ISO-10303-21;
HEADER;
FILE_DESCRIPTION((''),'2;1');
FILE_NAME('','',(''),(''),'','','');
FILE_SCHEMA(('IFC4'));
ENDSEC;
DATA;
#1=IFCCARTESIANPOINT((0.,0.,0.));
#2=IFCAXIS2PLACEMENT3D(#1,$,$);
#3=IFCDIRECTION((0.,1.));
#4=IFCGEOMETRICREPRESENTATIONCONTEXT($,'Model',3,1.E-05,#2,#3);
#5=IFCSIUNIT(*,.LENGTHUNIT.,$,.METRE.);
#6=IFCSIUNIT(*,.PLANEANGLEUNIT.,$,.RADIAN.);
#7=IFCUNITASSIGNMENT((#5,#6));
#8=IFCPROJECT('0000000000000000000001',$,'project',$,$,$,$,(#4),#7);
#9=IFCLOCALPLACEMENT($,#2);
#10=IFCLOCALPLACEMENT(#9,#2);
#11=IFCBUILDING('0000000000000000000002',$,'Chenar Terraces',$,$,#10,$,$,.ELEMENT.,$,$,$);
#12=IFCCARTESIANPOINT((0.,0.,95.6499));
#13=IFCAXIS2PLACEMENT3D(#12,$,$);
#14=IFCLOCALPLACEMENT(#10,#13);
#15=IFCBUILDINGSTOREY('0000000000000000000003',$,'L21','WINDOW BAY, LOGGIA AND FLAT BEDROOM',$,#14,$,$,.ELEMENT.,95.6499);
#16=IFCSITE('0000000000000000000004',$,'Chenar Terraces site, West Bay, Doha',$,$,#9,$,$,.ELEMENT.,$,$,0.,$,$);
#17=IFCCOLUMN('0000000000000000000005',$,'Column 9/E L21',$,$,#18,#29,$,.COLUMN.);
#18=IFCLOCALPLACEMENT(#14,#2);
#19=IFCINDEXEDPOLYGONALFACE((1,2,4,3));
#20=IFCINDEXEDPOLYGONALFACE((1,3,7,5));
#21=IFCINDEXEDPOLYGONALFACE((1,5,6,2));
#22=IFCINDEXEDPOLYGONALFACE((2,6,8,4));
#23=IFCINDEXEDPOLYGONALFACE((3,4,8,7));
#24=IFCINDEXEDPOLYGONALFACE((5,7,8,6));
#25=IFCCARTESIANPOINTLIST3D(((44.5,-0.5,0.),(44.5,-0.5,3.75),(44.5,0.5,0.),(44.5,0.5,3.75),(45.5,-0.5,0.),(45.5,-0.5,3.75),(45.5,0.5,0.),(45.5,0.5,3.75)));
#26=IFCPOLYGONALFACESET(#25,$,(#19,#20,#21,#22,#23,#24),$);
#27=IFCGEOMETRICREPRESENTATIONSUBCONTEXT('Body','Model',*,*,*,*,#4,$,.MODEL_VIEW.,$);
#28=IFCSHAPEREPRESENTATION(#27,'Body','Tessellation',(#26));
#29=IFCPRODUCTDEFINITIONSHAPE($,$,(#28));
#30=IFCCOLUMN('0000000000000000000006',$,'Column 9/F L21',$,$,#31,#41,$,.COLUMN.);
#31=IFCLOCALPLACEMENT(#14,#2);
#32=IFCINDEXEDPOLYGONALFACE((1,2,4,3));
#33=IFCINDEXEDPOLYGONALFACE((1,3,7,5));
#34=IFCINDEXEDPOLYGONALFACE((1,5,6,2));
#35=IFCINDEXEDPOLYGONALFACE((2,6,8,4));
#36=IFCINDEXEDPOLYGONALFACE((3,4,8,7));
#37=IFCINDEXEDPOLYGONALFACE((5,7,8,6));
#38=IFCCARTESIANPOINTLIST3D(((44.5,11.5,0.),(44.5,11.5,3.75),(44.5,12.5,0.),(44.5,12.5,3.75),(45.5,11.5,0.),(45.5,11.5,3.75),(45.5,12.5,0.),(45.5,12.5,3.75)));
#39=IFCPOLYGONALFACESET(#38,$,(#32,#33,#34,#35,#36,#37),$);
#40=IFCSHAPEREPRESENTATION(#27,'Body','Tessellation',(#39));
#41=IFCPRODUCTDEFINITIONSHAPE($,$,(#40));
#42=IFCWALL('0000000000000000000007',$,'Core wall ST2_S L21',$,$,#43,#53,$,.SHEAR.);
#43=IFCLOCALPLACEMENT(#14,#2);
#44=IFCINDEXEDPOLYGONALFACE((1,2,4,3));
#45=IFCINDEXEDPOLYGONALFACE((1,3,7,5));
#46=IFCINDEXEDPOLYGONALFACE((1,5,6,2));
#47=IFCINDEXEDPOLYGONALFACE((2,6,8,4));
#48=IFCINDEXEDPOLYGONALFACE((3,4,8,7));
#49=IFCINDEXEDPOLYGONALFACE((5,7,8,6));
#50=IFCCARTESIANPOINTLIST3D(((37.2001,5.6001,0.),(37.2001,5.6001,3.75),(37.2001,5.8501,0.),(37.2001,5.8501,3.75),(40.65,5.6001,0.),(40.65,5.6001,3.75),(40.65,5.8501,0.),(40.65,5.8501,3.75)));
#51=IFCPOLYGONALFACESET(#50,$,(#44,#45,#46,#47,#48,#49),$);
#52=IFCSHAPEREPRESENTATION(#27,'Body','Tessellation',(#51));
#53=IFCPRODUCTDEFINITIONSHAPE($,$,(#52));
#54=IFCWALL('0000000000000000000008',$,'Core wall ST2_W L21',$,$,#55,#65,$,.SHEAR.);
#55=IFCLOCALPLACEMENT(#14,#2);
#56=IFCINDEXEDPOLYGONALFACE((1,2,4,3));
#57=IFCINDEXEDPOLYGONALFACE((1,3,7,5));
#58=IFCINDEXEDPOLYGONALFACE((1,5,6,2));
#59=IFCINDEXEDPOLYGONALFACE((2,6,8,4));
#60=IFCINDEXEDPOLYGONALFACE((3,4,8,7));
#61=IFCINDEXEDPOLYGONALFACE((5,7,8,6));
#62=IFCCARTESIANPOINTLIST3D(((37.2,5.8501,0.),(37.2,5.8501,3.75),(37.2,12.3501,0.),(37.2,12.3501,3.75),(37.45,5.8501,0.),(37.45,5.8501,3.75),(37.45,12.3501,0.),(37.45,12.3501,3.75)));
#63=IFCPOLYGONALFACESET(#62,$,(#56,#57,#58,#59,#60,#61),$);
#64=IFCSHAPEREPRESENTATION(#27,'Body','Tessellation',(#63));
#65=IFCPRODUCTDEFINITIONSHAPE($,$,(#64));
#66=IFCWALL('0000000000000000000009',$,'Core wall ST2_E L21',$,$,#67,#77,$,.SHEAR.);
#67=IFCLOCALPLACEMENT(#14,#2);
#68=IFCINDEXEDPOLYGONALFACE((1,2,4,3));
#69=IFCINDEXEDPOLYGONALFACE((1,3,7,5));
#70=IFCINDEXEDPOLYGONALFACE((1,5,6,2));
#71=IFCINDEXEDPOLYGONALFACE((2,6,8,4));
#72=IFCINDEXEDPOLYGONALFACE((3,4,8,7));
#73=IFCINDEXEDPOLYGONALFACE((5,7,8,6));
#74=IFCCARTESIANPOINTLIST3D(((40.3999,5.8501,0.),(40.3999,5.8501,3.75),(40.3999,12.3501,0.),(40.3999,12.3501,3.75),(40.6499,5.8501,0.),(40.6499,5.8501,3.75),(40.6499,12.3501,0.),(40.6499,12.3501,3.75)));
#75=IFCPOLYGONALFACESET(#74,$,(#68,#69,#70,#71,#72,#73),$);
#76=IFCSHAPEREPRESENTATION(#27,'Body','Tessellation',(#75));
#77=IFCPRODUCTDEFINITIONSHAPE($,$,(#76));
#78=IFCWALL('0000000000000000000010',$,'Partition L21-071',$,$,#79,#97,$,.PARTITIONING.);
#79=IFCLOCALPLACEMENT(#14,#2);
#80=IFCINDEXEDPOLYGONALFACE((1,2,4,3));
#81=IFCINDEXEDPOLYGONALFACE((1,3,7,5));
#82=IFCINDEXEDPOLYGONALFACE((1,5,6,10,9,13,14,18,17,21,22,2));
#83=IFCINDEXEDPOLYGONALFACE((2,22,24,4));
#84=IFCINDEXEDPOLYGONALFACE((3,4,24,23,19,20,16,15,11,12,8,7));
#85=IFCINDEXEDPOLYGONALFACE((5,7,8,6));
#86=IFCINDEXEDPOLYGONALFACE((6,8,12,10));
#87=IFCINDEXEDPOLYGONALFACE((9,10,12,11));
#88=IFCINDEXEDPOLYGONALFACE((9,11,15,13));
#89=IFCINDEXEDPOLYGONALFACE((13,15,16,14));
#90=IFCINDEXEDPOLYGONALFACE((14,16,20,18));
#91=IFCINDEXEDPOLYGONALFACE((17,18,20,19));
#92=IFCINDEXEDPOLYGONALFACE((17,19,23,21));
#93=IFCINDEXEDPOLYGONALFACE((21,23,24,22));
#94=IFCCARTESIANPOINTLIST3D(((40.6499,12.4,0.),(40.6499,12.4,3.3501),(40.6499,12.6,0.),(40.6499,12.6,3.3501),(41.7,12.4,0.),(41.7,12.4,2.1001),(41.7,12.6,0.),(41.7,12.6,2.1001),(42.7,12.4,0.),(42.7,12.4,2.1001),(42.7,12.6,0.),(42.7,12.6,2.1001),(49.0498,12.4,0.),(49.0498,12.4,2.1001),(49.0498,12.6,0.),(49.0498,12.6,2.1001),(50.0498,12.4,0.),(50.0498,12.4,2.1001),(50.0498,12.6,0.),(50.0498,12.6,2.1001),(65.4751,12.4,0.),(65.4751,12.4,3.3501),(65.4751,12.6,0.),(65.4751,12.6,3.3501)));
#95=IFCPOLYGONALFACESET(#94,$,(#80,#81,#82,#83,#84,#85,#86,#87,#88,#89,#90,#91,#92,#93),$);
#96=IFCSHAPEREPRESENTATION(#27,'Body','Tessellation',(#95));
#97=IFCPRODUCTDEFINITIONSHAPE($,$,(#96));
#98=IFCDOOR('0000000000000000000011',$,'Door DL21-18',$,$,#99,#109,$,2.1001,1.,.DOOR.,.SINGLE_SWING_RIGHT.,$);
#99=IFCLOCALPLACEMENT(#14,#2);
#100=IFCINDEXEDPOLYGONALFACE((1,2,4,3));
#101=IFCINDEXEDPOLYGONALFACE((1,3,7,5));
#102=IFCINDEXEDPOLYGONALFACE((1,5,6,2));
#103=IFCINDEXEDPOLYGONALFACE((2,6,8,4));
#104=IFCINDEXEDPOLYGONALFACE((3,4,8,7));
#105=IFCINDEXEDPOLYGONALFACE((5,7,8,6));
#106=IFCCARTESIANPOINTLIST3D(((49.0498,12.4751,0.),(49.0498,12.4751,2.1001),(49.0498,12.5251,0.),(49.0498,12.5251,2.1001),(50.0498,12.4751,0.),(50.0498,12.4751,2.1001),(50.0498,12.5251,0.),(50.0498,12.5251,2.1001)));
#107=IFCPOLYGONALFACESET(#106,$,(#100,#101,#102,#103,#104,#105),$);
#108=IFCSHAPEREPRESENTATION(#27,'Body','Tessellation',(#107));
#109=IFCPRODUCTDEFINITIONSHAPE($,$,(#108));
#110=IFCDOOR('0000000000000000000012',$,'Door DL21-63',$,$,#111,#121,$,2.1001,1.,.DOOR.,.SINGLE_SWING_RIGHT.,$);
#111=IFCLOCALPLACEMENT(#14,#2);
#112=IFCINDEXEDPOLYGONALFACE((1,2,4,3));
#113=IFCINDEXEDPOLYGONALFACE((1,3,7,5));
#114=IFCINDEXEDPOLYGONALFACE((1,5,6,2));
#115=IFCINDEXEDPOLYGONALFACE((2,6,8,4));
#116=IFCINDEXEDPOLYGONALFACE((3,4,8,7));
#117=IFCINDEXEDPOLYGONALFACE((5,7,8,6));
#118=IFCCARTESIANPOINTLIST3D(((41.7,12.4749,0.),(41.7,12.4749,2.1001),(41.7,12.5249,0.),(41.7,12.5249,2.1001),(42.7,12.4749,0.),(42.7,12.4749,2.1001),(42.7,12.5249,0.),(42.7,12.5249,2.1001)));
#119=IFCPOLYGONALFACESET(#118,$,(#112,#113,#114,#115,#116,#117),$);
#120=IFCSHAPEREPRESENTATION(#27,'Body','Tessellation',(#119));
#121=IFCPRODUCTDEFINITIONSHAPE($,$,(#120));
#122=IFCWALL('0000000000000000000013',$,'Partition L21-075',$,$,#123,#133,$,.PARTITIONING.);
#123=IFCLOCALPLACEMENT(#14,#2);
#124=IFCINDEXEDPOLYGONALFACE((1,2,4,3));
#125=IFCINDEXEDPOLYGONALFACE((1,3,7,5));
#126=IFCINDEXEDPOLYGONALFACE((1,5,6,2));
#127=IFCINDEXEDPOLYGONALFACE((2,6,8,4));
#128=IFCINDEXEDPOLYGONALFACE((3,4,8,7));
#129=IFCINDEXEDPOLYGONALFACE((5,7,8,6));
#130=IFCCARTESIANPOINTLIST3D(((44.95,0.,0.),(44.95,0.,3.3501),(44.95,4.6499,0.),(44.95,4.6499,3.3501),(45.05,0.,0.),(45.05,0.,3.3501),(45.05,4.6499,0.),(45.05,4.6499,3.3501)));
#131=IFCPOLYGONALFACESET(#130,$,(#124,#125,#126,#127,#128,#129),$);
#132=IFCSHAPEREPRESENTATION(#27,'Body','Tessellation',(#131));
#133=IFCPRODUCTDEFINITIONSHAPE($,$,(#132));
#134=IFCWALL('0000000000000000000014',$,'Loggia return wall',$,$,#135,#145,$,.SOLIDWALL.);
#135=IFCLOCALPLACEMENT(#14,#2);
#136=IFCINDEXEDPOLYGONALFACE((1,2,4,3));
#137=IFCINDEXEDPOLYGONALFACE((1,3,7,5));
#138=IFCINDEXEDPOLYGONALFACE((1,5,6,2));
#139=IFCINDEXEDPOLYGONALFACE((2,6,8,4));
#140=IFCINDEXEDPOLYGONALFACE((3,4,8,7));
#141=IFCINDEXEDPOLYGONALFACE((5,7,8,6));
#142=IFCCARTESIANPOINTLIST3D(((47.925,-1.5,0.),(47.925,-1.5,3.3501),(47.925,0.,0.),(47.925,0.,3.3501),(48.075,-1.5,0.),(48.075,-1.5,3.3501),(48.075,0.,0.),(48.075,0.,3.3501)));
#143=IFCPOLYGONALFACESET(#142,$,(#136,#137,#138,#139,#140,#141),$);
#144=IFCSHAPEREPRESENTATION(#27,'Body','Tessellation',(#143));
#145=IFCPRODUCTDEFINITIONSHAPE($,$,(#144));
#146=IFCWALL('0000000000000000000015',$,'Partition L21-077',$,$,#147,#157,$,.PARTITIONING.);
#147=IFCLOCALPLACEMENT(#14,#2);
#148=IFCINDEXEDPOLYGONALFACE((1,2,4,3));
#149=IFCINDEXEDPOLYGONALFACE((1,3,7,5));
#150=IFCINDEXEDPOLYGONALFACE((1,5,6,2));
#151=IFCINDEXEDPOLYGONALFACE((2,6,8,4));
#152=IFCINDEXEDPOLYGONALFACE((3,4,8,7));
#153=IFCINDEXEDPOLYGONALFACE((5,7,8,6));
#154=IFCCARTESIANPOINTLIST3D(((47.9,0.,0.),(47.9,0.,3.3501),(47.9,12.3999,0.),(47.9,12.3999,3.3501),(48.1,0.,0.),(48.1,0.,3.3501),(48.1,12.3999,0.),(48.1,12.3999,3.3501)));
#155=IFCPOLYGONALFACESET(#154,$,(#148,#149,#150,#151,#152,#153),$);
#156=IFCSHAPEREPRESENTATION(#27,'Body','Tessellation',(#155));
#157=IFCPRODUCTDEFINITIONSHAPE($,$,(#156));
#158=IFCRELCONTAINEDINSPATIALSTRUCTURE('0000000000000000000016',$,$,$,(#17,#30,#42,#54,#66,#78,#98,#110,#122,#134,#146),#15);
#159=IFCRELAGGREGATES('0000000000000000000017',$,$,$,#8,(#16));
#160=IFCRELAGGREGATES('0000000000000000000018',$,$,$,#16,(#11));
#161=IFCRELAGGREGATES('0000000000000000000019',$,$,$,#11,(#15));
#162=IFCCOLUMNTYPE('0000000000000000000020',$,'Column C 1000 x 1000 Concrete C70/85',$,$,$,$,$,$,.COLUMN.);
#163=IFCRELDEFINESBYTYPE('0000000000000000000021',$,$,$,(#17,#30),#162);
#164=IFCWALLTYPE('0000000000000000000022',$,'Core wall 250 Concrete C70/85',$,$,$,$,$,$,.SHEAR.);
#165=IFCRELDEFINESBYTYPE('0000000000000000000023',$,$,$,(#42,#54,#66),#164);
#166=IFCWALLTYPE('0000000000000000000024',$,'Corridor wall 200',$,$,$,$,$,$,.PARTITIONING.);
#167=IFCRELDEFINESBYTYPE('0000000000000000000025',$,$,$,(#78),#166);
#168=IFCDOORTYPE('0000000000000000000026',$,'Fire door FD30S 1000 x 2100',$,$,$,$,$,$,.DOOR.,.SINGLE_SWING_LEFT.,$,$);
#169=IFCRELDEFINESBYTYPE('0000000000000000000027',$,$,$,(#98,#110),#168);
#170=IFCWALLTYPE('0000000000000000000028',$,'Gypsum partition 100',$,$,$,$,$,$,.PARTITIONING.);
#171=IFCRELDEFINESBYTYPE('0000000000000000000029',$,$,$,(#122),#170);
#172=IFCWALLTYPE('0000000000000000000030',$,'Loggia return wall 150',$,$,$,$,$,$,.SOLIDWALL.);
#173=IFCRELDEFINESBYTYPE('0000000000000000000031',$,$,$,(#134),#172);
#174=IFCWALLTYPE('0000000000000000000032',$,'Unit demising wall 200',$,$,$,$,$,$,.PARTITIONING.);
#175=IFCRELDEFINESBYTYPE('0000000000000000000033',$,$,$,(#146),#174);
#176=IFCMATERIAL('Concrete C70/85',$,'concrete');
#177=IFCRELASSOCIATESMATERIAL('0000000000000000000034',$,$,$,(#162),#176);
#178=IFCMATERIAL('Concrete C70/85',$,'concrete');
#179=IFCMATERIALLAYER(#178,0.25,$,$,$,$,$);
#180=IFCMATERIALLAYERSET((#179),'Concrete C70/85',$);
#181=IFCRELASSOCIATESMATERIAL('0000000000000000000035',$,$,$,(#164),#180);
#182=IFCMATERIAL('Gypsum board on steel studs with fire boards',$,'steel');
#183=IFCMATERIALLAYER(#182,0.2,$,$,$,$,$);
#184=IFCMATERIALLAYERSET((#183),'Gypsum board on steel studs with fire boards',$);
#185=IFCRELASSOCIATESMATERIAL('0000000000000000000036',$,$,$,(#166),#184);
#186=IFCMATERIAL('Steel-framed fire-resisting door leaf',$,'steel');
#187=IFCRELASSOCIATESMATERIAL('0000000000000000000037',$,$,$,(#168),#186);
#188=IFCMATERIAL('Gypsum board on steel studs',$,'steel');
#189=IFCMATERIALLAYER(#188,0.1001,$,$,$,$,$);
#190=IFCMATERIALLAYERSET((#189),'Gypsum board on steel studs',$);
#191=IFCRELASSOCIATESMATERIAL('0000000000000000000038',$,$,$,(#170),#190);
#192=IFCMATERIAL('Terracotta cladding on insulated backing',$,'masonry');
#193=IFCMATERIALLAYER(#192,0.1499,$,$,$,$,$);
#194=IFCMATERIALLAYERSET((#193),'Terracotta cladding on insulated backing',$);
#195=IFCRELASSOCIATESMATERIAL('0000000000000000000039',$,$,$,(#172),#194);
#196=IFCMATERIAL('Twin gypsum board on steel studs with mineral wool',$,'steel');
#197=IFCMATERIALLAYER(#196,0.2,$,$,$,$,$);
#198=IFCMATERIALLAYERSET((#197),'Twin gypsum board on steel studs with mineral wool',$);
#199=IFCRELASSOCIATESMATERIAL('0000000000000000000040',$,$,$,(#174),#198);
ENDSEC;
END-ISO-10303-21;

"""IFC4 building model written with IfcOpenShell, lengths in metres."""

from ifc_helpers import new_model, si_unit, direction, frame, frame_2d, origin, origin_2d, place, context, subcontext, project, spatial, rectangle, extrude, material, layer, layer_set, material_profile, profile_set, type_object, element, fill, save


model = new_model("IFC4")

# Units and contexts
model_context = context("Model", 3, precision=1e-05, world=origin(), true_north=direction((0.0, 1.0)))
body_context = subcontext(model_context, "Body", "Model", "MODEL_VIEW")
ifc_project = project(units=[si_unit("LENGTHUNIT", "METRE"), si_unit("PLANEANGLEUNIT", "RADIAN")], contexts=[model_context])

# Site, building, storey
site_placement = place(None, origin())
site = spatial("IfcSite", under=ifc_project, at=site_placement, Name="Chenar Terraces site, West Bay, Doha", CompositionType="ELEMENT", RefElevation=0.0)
building_placement = place(site_placement, origin())
building = spatial("IfcBuilding", under=site, at=building_placement, Name="Chenar Terraces", CompositionType="ELEMENT")
storey_placement = place(building_placement, frame((0.0, 0.0, 95.6499)))
storey = spatial("IfcBuildingStorey", under=building, at=storey_placement, Name="L21", Description="WINDOW BAY, LOGGIA AND FLAT BEDROOM", CompositionType="ELEMENT", Elevation=95.6499)

# Columns
ifc_material_1 = material(Name="Concrete C70/85", Category="concrete")
ifc_material_profile = material_profile(ifc_material_1, rectangle(XDim=1.0, YDim=1.0, at=origin_2d()), Name="C 1000 x 1000")
ifc_profile_set = profile_set([ifc_material_profile], Name="Concrete C70/85")
column_type = type_object("IfcColumnType", Name="Column C 1000 x 1000 Concrete C70/85", PredefinedType="COLUMN", material=ifc_profile_set)
for number, where, z_axis, x_axis, name in (
    (1, (45.0, 0.0, 0.0), (0.0, 0.0, 1.0), (1.0, 0.0, 0.0), "Column 9/E L21"),
    (2, (45.0, 12.0, 0.0), (0.0, 0.0, 1.0), (1.0, 0.0, 0.0), "Column 9/F L21"),
):
    element("IfcColumn", number, at=place(storey_placement, frame(where, z_axis=z_axis, x_axis=x_axis)), inside=storey, type_object=column_type, Name=name, PredefinedType="COLUMN", context=body_context, shape_type="SweptSolid", body=[
        extrude(rectangle(XDim=1.0, YDim=1.0, at=origin_2d()), origin(), (0.0, 0.0, 1.0), 3.75),
    ])

# Walls
ifc_material_2 = material(Name="Concrete C70/85", Category="concrete")
ifc_layer_1 = layer(ifc_material_2, 0.25)
ifc_layer_set_1 = layer_set([ifc_layer_1], Name="Concrete C70/85")
wall_type_1 = type_object("IfcWallType", Name="Core wall 250 Concrete C70/85", PredefinedType="SHEAR", material=ifc_layer_set_1)
wall_1_placement = place(storey_placement, frame((37.2, 5.7251, 0.0), z_axis=(0.0, 0.0, 1.0), x_axis=(1.0, 0.0, 0.0)))
element("IfcWall", 3, at=wall_1_placement, inside=storey, type_object=wall_type_1, Name="Core wall ST2_S L21", PredefinedType="SHEAR", context=body_context, shape_type="SweptSolid", body=[
    extrude(rectangle(XDim=3.45, YDim=0.25, at=frame_2d((1.7251, 0.0))), origin(), (0.0, 0.0, 1.0), 3.75),
])
for number, where, z_axis, x_axis, name in (
    (4, (37.325, 5.8501, 0.0), (0.0, 0.0, 1.0), (0.0, 1.0, 0.0), "Core wall ST2_W L21"),
    (5, (40.5249, 5.8501, 0.0), (0.0, 0.0, 1.0), (0.0, 1.0, 0.0), "Core wall ST2_E L21"),
):
    element("IfcWall", number, at=place(storey_placement, frame(where, z_axis=z_axis, x_axis=x_axis)), inside=storey, type_object=wall_type_1, Name=name, PredefinedType="SHEAR", context=body_context, shape_type="SweptSolid", body=[
        extrude(rectangle(XDim=6.5, YDim=0.25, at=frame_2d((3.25, 0.0))), origin(), (0.0, 0.0, 1.0), 3.75),
    ])

# Wall, openings, doors
ifc_material_3 = material(Name="Gypsum board on steel studs with fire boards", Category="steel")
ifc_layer_2 = layer(ifc_material_3, 0.2)
ifc_layer_set_2 = layer_set([ifc_layer_2], Name="Gypsum board on steel studs with fire boards")
wall_type_2 = type_object("IfcWallType", Name="Corridor wall 200", PredefinedType="PARTITIONING", material=ifc_layer_set_2)
wall_2_placement = place(storey_placement, frame((40.6499, 12.5, 0.0), z_axis=(0.0, 0.0, 1.0), x_axis=(1.0, 0.0, 0.0)))
wall_2 = element("IfcWall", 6, at=wall_2_placement, inside=storey, type_object=wall_type_2, Name="Partition L21-071", PredefinedType="PARTITIONING", context=body_context, shape_type="SweptSolid", body=[
    extrude(rectangle(XDim=24.8252, YDim=0.2, at=frame_2d((12.4126, 0.0))), origin(), (0.0, 0.0, 1.0), 3.3501),
])
opening_1_placement = place(wall_2_placement, frame((8.3999, 0.0, 0.0)))
opening_1 = element("IfcOpeningElement", 7, at=opening_1_placement, cuts=wall_2, PredefinedType="OPENING", context=body_context, shape_type="SweptSolid", body=[
    extrude(rectangle(XDim=1.0, YDim=2.1001, at=frame_2d((0.5, 1.05))), frame((0.0, 0.1099, 0.0), z_axis=(0.0, -1.0, 0.0), x_axis=(1.0, 0.0, 0.0)), (0.0, 0.0, 1.0), 0.22),
])
opening_2_placement = place(wall_2_placement, frame((1.05, 0.0, 0.0)))
opening_2 = element("IfcOpeningElement", 8, at=opening_2_placement, cuts=wall_2, PredefinedType="OPENING", context=body_context, shape_type="SweptSolid", body=[
    extrude(rectangle(XDim=1.0, YDim=2.1001, at=frame_2d((0.5, 1.05))), frame((0.0, 0.1099, 0.0), z_axis=(0.0, -1.0, 0.0), x_axis=(1.0, 0.0, 0.0)), (0.0, 0.0, 1.0), 0.22),
])
ifc_material_4 = material(Name="Steel-framed fire-resisting door leaf", Category="steel")
door_type_1 = type_object("IfcDoorType", Name="Fire door FD30S 1000 x 2100", OperationType="SINGLE_SWING_LEFT", PredefinedType="DOOR", material=ifc_material_4)
door_1_placement = place(opening_1_placement, frame((1.0, 0.0, 0.0), z_axis=(0.0, 0.0, 1.0), x_axis=(-1.0, 0.0, 0.0)))
door_1 = element("IfcDoor", 9, at=door_1_placement, inside=storey, type_object=door_type_1, Name="Door DL21-18", OperationType="SINGLE_SWING_RIGHT", OverallHeight=2.1001, OverallWidth=1.0, PredefinedType="DOOR", context=body_context, shape_type="SweptSolid", body=[
    extrude(rectangle(XDim=1.0, YDim=2.1001, at=frame_2d((0.5, 1.05))), frame((0.0, 0.0249, 0.0), z_axis=(0.0, -1.0, 0.0), x_axis=(1.0, 0.0, 0.0)), (0.0, 0.0, 1.0), 0.05),
])
fill(opening_1, door_1)
door_2_placement = place(opening_2_placement, origin())
door_2 = element("IfcDoor", 10, at=door_2_placement, inside=storey, type_object=door_type_1, Name="Door DL21-63", OperationType="SINGLE_SWING_RIGHT", OverallHeight=2.1001, OverallWidth=1.0, PredefinedType="DOOR", context=body_context, shape_type="SweptSolid", body=[
    extrude(rectangle(XDim=1.0, YDim=2.1001, at=frame_2d((0.5, 1.05))), frame((0.0, 0.0249, 0.0), z_axis=(0.0, -1.0, 0.0), x_axis=(1.0, 0.0, 0.0)), (0.0, 0.0, 1.0), 0.05),
])
fill(opening_2, door_2)

# Walls
ifc_material_5 = material(Name="Gypsum board on steel studs", Category="steel")
ifc_layer_3 = layer(ifc_material_5, 0.1001)
ifc_layer_set_3 = layer_set([ifc_layer_3], Name="Gypsum board on steel studs")
wall_type_3 = type_object("IfcWallType", Name="Gypsum partition 100", PredefinedType="PARTITIONING", material=ifc_layer_set_3)
wall_3_placement = place(storey_placement, frame((45.0, 0.0, 0.0), z_axis=(0.0, 0.0, 1.0), x_axis=(0.0, 1.0, 0.0)))
element("IfcWall", 11, at=wall_3_placement, inside=storey, type_object=wall_type_3, Name="Partition L21-075", PredefinedType="PARTITIONING", context=body_context, shape_type="SweptSolid", body=[
    extrude(rectangle(XDim=4.6499, YDim=0.1001, at=frame_2d((2.325, 0.0))), origin(), (0.0, 0.0, 1.0), 3.3501),
])
ifc_material_6 = material(Name="Terracotta cladding on insulated backing", Category="masonry")
ifc_layer_4 = layer(ifc_material_6, 0.1499)
ifc_layer_set_4 = layer_set([ifc_layer_4], Name="Terracotta cladding on insulated backing")
wall_type_4 = type_object("IfcWallType", Name="Loggia return wall 150", PredefinedType="SOLIDWALL", material=ifc_layer_set_4)
wall_4_placement = place(storey_placement, frame((48.0, -1.5, 0.0), z_axis=(0.0, 0.0, 1.0), x_axis=(0.0, 1.0, 0.0)))
element("IfcWall", 12, at=wall_4_placement, inside=storey, type_object=wall_type_4, Name="Loggia return wall", PredefinedType="SOLIDWALL", context=body_context, shape_type="SweptSolid", body=[
    extrude(rectangle(XDim=1.5, YDim=0.1499, at=frame_2d((0.75, 0.0))), origin(), (0.0, 0.0, 1.0), 3.3501),
])
ifc_material_7 = material(Name="Twin gypsum board on steel studs with mineral wool", Category="steel")
ifc_layer_5 = layer(ifc_material_7, 0.2)
ifc_layer_set_5 = layer_set([ifc_layer_5], Name="Twin gypsum board on steel studs with mineral wool")
wall_type_5 = type_object("IfcWallType", Name="Unit demising wall 200", PredefinedType="PARTITIONING", material=ifc_layer_set_5)
wall_5_placement = place(storey_placement, frame((48.0, 0.0, 0.0), z_axis=(0.0, 0.0, 1.0), x_axis=(0.0, 1.0, 0.0)))
element("IfcWall", 13, at=wall_5_placement, inside=storey, type_object=wall_type_5, Name="Partition L21-077", PredefinedType="PARTITIONING", context=body_context, shape_type="SweptSolid", body=[
    extrude(rectangle(XDim=12.3999, YDim=0.2, at=frame_2d((6.2, 0.0))), origin(), (0.0, 0.0, 1.0), 3.3501),
])

save(model, "model.ifc")
